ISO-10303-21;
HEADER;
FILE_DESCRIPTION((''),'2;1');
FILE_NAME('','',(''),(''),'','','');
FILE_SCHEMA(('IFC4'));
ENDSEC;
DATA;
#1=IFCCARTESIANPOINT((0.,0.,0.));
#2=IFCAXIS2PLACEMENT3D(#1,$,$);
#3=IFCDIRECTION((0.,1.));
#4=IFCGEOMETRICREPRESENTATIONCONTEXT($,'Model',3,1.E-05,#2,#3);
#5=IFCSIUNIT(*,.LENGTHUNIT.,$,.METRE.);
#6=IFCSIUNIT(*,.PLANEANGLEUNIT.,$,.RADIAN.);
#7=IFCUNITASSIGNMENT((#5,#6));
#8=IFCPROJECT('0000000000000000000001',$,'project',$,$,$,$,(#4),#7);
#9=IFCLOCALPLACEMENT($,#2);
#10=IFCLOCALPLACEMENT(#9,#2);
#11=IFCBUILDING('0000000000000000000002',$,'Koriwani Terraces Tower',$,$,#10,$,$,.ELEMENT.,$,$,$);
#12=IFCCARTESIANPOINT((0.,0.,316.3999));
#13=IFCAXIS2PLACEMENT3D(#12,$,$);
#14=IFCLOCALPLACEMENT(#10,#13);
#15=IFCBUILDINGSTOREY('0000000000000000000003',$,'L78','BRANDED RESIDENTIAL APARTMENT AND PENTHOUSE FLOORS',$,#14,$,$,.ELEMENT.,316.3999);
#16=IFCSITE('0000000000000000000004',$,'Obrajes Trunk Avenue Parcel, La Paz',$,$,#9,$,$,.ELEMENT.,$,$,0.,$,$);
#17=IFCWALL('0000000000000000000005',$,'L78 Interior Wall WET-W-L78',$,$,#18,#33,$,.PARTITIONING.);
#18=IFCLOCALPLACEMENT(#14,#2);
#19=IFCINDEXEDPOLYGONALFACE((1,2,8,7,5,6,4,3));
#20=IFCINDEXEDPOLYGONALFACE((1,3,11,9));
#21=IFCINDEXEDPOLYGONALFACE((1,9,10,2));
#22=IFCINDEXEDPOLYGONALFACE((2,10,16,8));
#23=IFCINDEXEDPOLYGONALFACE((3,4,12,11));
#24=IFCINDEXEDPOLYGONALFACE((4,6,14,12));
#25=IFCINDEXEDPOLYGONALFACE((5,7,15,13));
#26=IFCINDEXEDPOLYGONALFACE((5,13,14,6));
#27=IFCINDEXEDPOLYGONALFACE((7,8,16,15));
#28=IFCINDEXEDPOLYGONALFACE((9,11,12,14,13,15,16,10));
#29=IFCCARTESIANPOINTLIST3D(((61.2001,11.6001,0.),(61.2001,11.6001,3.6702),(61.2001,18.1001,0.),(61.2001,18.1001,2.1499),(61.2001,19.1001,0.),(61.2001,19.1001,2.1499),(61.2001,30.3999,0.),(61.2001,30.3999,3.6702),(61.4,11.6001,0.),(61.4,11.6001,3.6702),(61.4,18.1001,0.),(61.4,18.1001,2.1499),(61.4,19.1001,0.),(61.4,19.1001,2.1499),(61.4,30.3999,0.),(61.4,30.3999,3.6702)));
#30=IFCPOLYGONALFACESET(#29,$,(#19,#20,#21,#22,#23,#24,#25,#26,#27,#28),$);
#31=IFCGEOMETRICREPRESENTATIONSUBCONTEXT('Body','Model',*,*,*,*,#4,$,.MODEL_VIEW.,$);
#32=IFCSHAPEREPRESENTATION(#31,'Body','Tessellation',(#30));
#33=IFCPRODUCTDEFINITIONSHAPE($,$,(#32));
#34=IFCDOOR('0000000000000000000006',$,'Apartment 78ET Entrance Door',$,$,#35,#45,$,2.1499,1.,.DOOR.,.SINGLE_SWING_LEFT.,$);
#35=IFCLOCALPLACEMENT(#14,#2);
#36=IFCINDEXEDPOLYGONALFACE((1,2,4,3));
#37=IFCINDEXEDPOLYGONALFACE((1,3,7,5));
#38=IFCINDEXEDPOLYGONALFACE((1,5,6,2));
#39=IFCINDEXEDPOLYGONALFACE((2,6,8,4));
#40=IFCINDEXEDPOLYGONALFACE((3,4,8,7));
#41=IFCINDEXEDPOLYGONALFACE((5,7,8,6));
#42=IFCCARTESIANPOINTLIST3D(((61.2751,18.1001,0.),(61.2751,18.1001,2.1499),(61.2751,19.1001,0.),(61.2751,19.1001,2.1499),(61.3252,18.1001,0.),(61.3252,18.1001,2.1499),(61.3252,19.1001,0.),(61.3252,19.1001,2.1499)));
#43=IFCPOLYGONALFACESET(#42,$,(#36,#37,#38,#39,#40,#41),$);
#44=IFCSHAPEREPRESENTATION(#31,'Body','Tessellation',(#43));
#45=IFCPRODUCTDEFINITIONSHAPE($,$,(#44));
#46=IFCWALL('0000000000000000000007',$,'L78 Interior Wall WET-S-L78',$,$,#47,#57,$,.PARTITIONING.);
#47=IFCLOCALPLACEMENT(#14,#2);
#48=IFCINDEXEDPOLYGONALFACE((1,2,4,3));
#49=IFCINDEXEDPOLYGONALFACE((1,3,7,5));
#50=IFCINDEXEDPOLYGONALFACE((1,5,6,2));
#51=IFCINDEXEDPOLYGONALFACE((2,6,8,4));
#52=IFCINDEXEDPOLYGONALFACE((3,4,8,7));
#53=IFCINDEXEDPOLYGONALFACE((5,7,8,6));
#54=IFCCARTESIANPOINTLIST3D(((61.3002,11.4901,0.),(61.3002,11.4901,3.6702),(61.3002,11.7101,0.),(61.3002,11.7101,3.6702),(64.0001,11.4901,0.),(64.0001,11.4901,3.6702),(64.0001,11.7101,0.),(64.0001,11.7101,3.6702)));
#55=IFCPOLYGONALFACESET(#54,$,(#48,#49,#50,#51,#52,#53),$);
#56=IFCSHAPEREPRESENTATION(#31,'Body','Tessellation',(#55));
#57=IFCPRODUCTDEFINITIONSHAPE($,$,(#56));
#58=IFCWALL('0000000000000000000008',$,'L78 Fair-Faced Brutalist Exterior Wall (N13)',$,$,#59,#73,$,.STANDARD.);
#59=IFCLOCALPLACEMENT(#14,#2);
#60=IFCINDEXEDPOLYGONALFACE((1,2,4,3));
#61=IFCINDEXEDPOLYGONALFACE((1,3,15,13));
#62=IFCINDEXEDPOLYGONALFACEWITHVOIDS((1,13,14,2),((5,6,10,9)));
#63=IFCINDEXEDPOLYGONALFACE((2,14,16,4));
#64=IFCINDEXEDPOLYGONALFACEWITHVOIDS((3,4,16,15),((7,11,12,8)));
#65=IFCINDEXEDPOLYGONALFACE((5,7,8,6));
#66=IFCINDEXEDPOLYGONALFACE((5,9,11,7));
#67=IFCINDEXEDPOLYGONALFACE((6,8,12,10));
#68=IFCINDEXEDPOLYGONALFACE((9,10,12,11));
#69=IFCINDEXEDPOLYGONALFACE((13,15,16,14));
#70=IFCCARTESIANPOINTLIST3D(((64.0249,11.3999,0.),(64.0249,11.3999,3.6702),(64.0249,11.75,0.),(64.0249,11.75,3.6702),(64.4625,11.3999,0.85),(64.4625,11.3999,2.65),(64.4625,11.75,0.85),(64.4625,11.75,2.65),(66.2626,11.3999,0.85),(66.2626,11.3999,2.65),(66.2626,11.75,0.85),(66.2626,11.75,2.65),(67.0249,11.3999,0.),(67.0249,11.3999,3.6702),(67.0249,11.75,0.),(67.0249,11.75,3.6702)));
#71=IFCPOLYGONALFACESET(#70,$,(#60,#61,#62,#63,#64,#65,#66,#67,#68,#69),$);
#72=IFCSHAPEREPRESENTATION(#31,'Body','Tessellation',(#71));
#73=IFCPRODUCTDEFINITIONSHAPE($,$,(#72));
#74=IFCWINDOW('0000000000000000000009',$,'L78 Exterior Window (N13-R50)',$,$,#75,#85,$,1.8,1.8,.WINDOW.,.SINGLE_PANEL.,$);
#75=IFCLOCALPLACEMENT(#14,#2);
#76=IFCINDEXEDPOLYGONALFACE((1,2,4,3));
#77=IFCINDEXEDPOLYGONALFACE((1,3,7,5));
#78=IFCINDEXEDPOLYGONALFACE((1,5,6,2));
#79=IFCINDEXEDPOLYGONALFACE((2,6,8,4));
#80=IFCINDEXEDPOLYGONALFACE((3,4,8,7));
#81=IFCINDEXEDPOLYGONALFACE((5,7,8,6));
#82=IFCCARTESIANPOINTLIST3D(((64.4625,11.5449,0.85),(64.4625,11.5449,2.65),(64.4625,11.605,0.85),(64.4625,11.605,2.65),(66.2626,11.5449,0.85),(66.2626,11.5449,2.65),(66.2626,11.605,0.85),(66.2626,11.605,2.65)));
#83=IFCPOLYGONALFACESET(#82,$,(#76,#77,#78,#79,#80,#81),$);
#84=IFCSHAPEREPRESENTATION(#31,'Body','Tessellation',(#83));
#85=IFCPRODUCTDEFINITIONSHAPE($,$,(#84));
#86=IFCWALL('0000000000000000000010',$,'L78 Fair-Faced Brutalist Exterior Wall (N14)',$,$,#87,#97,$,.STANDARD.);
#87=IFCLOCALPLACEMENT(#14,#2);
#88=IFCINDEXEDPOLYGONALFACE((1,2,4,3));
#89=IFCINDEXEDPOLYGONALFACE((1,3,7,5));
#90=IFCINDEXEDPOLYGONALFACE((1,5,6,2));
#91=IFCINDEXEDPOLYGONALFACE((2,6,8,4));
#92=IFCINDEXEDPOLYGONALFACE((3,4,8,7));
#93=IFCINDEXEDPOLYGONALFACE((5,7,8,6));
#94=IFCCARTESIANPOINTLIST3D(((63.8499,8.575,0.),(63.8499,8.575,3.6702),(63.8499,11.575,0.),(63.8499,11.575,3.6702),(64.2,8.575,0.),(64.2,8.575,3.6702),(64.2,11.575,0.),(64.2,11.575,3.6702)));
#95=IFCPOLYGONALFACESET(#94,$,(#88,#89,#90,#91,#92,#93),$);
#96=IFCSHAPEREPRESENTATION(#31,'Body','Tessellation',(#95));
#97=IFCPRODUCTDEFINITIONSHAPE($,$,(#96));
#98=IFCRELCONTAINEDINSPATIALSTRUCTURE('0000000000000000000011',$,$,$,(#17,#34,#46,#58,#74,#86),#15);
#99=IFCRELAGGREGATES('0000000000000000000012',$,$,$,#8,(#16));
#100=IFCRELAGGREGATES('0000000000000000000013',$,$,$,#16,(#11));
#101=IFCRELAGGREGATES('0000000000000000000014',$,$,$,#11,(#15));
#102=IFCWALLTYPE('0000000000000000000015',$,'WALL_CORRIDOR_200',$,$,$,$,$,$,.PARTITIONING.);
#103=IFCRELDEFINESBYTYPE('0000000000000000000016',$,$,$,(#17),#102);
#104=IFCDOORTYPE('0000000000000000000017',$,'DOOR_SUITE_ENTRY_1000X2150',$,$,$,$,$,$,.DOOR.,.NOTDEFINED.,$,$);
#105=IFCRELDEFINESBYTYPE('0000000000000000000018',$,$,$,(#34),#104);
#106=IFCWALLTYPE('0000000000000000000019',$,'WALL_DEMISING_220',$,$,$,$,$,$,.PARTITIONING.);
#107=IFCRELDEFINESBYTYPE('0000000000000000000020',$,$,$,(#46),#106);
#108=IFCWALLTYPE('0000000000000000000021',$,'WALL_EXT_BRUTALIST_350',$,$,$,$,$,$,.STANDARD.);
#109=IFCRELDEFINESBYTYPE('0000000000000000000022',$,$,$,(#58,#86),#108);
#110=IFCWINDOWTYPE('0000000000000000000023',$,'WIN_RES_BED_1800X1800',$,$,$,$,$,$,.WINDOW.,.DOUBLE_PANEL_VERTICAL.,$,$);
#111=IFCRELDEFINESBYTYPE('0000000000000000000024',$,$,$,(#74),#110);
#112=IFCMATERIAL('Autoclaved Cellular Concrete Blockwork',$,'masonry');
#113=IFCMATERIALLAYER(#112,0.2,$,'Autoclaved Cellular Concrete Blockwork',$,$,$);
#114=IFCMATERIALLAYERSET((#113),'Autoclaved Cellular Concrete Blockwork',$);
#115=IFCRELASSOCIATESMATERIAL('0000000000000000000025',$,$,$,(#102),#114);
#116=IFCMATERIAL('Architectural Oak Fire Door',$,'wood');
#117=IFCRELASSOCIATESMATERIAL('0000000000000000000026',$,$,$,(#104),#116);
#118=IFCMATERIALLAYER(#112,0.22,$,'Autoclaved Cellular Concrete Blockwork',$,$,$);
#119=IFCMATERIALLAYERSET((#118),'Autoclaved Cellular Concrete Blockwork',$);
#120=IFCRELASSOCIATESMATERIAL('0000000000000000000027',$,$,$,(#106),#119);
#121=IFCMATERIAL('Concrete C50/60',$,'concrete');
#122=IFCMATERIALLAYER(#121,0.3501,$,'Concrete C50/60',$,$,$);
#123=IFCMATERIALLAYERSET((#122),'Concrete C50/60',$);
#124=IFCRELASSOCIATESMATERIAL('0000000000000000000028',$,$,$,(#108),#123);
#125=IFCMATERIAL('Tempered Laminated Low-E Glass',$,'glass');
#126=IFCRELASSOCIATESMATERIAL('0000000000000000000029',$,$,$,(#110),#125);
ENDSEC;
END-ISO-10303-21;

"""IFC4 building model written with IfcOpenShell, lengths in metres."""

from ifc_helpers import new_model, si_unit, direction, frame, frame_2d, origin, place, context, subcontext, project, spatial, rectangle, extrude, material, layer, layer_set, type_object, element, fill, save


model = new_model("IFC4")

# Units and contexts
model_context = context("Model", 3, precision=1e-05, world=origin(), true_north=direction((0.0, 1.0)))
body_context = subcontext(model_context, "Body", "Model", "MODEL_VIEW")
ifc_project = project(units=[si_unit("LENGTHUNIT", "METRE"), si_unit("PLANEANGLEUNIT", "RADIAN")], contexts=[model_context])

# Site, building, storey
site_placement = place(None, origin())
site = spatial("IfcSite", under=ifc_project, at=site_placement, Name="Obrajes Trunk Avenue Parcel, La Paz", CompositionType="ELEMENT", RefElevation=0.0)
building_placement = place(site_placement, origin())
building = spatial("IfcBuilding", under=site, at=building_placement, Name="Koriwani Terraces Tower", CompositionType="ELEMENT")
storey_placement = place(building_placement, frame((0.0, 0.0, 316.3999)))
storey = spatial("IfcBuildingStorey", under=building, at=storey_placement, Name="L78", Description="BRANDED RESIDENTIAL APARTMENT AND PENTHOUSE FLOORS", CompositionType="ELEMENT", Elevation=316.3999)

# Shared definitions
ifc_material_1 = material(Name="Concrete C50/60", Category="concrete")

# Wall, opening, door
ifc_material_2 = material(Name="Autoclaved Cellular Concrete Blockwork", Category="masonry")
ifc_layer_1 = layer(ifc_material_2, 0.2, Name="Autoclaved Cellular Concrete Blockwork")
ifc_layer_set_1 = layer_set([ifc_layer_1], Name="Autoclaved Cellular Concrete Blockwork")
wall_type_1 = type_object("IfcWallType", Name="WALL_CORRIDOR_200", PredefinedType="PARTITIONING", material=ifc_layer_set_1)
ifc_material_3 = material(Name="Architectural Oak Fire Door", Category="wood")
wall_1_placement = place(storey_placement, frame((61.3, 11.6001, 0.0), z_axis=(0.0, 0.0, 1.0), x_axis=(0.0, 1.0, 0.0)))
wall_1 = element("IfcWall", 1, at=wall_1_placement, inside=storey, type_object=wall_type_1, Name="L78 Interior Wall WET-W-L78", PredefinedType="PARTITIONING", context=body_context, shape_type="SweptSolid", body=[
    extrude(rectangle(XDim=18.7998, YDim=0.2, at=frame_2d((9.3999, 0.0))), origin(), (0.0, 0.0, 1.0), 3.6702),
])
opening_1_placement = place(wall_1_placement, frame((6.5, 0.0, 0.0)))
opening_1 = element("IfcOpeningElement", 2, at=opening_1_placement, cuts=wall_1, PredefinedType="OPENING", context=body_context, shape_type="SweptSolid", body=[
    extrude(rectangle(XDim=1.0, YDim=2.1499, at=frame_2d((0.5, 1.075))), frame((0.0, 0.1099, 0.0), z_axis=(0.0, -1.0, 0.0), x_axis=(1.0, 0.0, 0.0)), (0.0, 0.0, 1.0), 0.22),
])
door_type_1 = type_object("IfcDoorType", Name="DOOR_SUITE_ENTRY_1000X2150", OperationType="NOTDEFINED", PredefinedType="DOOR", material=ifc_material_3)
door_1_placement = place(opening_1_placement, origin())
door_1 = element("IfcDoor", 3, at=door_1_placement, inside=storey, type_object=door_type_1, Name="Apartment 78ET Entrance Door", OperationType="SINGLE_SWING_LEFT", OverallHeight=2.1499, OverallWidth=1.0, PredefinedType="DOOR", context=body_context, shape_type="SweptSolid", body=[
    extrude(rectangle(XDim=1.0, YDim=2.1499, at=frame_2d((0.5, 1.075))), frame((0.0, 0.0249, 0.0), z_axis=(0.0, -1.0, 0.0), x_axis=(1.0, 0.0, 0.0)), (0.0, 0.0, 1.0), 0.05),
])
fill(opening_1, door_1)

# Wall
ifc_layer_2 = layer(ifc_material_2, 0.22, Name="Autoclaved Cellular Concrete Blockwork")
ifc_layer_set_2 = layer_set([ifc_layer_2], Name="Autoclaved Cellular Concrete Blockwork")
wall_type_2 = type_object("IfcWallType", Name="WALL_DEMISING_220", PredefinedType="PARTITIONING", material=ifc_layer_set_2)
wall_2_placement = place(storey_placement, frame((61.3, 11.6001, 0.0), z_axis=(0.0, 0.0, 1.0), x_axis=(1.0, 0.0, 0.0)))
element("IfcWall", 4, at=wall_2_placement, inside=storey, type_object=wall_type_2, Name="L78 Interior Wall WET-S-L78", PredefinedType="PARTITIONING", context=body_context, shape_type="SweptSolid", body=[
    extrude(rectangle(XDim=2.7, YDim=0.22, at=frame_2d((1.3501, 0.0))), origin(), (0.0, 0.0, 1.0), 3.6702),
])

# Wall, opening, window
ifc_layer_3 = layer(ifc_material_1, 0.3501, Name="Concrete C50/60")
ifc_layer_set_3 = layer_set([ifc_layer_3], Name="Concrete C50/60")
wall_type_3 = type_object("IfcWallType", Name="WALL_EXT_BRUTALIST_350", PredefinedType="STANDARD", material=ifc_layer_set_3)
wall_3_placement = place(storey_placement, frame((67.0249, 11.575, 0.0), z_axis=(0.0, 0.0, 1.0), x_axis=(-1.0, 0.0, 0.0)))
wall_3 = element("IfcWall", 5, at=wall_3_placement, inside=storey, type_object=wall_type_3, Name="L78 Fair-Faced Brutalist Exterior Wall (N13)", PredefinedType="STANDARD", context=body_context, shape_type="SweptSolid", body=[
    extrude(rectangle(XDim=3.0, YDim=0.3501, at=frame_2d((1.5, 0.0))), origin(), (0.0, 0.0, 1.0), 3.6702),
])
opening_2_placement = place(wall_3_placement, frame((0.7625, 0.0, 0.8501)))
opening_2 = element("IfcOpeningElement", 6, at=opening_2_placement, cuts=wall_3, PredefinedType="OPENING", context=body_context, shape_type="SweptSolid", body=[
    extrude(rectangle(XDim=1.8, YDim=1.8, at=frame_2d((0.8999, 0.8999))), frame((0.0, 0.1851, 0.0), z_axis=(0.0, -1.0, 0.0), x_axis=(1.0, 0.0, 0.0)), (0.0, 0.0, 1.0), 0.3701),
])
ifc_material_4 = material(Name="Tempered Laminated Low-E Glass", Category="glass")
window_type_1 = type_object("IfcWindowType", Name="WIN_RES_BED_1800X1800", PartitioningType="DOUBLE_PANEL_VERTICAL", PredefinedType="WINDOW", material=ifc_material_4)
window_1_placement = place(opening_2_placement, origin())
window_1 = element("IfcWindow", 7, at=window_1_placement, inside=storey, type_object=window_type_1, Name="L78 Exterior Window (N13-R50)", OverallHeight=1.8, OverallWidth=1.8, PartitioningType="SINGLE_PANEL", PredefinedType="WINDOW", context=body_context, shape_type="SweptSolid", body=[
    extrude(rectangle(XDim=1.8, YDim=1.8, at=frame_2d((0.8999, 0.8999))), frame((0.0, 0.03, 0.0), z_axis=(0.0, -1.0, 0.0), x_axis=(1.0, 0.0, 0.0)), (0.0, 0.0, 1.0), 0.0601),
])
fill(opening_2, window_1)

# Wall
wall_4_placement = place(storey_placement, frame((64.0249, 11.575, 0.0), z_axis=(0.0, 0.0, 1.0), x_axis=(0.0, -1.0, 0.0)))
element("IfcWall", 8, at=wall_4_placement, inside=storey, type_object=wall_type_3, Name="L78 Fair-Faced Brutalist Exterior Wall (N14)", PredefinedType="STANDARD", context=body_context, shape_type="SweptSolid", body=[
    extrude(rectangle(XDim=3.0, YDim=0.3501, at=frame_2d((1.5, 0.0))), origin(), (0.0, 0.0, 1.0), 3.6702),
])

save(model, "model.ifc")
